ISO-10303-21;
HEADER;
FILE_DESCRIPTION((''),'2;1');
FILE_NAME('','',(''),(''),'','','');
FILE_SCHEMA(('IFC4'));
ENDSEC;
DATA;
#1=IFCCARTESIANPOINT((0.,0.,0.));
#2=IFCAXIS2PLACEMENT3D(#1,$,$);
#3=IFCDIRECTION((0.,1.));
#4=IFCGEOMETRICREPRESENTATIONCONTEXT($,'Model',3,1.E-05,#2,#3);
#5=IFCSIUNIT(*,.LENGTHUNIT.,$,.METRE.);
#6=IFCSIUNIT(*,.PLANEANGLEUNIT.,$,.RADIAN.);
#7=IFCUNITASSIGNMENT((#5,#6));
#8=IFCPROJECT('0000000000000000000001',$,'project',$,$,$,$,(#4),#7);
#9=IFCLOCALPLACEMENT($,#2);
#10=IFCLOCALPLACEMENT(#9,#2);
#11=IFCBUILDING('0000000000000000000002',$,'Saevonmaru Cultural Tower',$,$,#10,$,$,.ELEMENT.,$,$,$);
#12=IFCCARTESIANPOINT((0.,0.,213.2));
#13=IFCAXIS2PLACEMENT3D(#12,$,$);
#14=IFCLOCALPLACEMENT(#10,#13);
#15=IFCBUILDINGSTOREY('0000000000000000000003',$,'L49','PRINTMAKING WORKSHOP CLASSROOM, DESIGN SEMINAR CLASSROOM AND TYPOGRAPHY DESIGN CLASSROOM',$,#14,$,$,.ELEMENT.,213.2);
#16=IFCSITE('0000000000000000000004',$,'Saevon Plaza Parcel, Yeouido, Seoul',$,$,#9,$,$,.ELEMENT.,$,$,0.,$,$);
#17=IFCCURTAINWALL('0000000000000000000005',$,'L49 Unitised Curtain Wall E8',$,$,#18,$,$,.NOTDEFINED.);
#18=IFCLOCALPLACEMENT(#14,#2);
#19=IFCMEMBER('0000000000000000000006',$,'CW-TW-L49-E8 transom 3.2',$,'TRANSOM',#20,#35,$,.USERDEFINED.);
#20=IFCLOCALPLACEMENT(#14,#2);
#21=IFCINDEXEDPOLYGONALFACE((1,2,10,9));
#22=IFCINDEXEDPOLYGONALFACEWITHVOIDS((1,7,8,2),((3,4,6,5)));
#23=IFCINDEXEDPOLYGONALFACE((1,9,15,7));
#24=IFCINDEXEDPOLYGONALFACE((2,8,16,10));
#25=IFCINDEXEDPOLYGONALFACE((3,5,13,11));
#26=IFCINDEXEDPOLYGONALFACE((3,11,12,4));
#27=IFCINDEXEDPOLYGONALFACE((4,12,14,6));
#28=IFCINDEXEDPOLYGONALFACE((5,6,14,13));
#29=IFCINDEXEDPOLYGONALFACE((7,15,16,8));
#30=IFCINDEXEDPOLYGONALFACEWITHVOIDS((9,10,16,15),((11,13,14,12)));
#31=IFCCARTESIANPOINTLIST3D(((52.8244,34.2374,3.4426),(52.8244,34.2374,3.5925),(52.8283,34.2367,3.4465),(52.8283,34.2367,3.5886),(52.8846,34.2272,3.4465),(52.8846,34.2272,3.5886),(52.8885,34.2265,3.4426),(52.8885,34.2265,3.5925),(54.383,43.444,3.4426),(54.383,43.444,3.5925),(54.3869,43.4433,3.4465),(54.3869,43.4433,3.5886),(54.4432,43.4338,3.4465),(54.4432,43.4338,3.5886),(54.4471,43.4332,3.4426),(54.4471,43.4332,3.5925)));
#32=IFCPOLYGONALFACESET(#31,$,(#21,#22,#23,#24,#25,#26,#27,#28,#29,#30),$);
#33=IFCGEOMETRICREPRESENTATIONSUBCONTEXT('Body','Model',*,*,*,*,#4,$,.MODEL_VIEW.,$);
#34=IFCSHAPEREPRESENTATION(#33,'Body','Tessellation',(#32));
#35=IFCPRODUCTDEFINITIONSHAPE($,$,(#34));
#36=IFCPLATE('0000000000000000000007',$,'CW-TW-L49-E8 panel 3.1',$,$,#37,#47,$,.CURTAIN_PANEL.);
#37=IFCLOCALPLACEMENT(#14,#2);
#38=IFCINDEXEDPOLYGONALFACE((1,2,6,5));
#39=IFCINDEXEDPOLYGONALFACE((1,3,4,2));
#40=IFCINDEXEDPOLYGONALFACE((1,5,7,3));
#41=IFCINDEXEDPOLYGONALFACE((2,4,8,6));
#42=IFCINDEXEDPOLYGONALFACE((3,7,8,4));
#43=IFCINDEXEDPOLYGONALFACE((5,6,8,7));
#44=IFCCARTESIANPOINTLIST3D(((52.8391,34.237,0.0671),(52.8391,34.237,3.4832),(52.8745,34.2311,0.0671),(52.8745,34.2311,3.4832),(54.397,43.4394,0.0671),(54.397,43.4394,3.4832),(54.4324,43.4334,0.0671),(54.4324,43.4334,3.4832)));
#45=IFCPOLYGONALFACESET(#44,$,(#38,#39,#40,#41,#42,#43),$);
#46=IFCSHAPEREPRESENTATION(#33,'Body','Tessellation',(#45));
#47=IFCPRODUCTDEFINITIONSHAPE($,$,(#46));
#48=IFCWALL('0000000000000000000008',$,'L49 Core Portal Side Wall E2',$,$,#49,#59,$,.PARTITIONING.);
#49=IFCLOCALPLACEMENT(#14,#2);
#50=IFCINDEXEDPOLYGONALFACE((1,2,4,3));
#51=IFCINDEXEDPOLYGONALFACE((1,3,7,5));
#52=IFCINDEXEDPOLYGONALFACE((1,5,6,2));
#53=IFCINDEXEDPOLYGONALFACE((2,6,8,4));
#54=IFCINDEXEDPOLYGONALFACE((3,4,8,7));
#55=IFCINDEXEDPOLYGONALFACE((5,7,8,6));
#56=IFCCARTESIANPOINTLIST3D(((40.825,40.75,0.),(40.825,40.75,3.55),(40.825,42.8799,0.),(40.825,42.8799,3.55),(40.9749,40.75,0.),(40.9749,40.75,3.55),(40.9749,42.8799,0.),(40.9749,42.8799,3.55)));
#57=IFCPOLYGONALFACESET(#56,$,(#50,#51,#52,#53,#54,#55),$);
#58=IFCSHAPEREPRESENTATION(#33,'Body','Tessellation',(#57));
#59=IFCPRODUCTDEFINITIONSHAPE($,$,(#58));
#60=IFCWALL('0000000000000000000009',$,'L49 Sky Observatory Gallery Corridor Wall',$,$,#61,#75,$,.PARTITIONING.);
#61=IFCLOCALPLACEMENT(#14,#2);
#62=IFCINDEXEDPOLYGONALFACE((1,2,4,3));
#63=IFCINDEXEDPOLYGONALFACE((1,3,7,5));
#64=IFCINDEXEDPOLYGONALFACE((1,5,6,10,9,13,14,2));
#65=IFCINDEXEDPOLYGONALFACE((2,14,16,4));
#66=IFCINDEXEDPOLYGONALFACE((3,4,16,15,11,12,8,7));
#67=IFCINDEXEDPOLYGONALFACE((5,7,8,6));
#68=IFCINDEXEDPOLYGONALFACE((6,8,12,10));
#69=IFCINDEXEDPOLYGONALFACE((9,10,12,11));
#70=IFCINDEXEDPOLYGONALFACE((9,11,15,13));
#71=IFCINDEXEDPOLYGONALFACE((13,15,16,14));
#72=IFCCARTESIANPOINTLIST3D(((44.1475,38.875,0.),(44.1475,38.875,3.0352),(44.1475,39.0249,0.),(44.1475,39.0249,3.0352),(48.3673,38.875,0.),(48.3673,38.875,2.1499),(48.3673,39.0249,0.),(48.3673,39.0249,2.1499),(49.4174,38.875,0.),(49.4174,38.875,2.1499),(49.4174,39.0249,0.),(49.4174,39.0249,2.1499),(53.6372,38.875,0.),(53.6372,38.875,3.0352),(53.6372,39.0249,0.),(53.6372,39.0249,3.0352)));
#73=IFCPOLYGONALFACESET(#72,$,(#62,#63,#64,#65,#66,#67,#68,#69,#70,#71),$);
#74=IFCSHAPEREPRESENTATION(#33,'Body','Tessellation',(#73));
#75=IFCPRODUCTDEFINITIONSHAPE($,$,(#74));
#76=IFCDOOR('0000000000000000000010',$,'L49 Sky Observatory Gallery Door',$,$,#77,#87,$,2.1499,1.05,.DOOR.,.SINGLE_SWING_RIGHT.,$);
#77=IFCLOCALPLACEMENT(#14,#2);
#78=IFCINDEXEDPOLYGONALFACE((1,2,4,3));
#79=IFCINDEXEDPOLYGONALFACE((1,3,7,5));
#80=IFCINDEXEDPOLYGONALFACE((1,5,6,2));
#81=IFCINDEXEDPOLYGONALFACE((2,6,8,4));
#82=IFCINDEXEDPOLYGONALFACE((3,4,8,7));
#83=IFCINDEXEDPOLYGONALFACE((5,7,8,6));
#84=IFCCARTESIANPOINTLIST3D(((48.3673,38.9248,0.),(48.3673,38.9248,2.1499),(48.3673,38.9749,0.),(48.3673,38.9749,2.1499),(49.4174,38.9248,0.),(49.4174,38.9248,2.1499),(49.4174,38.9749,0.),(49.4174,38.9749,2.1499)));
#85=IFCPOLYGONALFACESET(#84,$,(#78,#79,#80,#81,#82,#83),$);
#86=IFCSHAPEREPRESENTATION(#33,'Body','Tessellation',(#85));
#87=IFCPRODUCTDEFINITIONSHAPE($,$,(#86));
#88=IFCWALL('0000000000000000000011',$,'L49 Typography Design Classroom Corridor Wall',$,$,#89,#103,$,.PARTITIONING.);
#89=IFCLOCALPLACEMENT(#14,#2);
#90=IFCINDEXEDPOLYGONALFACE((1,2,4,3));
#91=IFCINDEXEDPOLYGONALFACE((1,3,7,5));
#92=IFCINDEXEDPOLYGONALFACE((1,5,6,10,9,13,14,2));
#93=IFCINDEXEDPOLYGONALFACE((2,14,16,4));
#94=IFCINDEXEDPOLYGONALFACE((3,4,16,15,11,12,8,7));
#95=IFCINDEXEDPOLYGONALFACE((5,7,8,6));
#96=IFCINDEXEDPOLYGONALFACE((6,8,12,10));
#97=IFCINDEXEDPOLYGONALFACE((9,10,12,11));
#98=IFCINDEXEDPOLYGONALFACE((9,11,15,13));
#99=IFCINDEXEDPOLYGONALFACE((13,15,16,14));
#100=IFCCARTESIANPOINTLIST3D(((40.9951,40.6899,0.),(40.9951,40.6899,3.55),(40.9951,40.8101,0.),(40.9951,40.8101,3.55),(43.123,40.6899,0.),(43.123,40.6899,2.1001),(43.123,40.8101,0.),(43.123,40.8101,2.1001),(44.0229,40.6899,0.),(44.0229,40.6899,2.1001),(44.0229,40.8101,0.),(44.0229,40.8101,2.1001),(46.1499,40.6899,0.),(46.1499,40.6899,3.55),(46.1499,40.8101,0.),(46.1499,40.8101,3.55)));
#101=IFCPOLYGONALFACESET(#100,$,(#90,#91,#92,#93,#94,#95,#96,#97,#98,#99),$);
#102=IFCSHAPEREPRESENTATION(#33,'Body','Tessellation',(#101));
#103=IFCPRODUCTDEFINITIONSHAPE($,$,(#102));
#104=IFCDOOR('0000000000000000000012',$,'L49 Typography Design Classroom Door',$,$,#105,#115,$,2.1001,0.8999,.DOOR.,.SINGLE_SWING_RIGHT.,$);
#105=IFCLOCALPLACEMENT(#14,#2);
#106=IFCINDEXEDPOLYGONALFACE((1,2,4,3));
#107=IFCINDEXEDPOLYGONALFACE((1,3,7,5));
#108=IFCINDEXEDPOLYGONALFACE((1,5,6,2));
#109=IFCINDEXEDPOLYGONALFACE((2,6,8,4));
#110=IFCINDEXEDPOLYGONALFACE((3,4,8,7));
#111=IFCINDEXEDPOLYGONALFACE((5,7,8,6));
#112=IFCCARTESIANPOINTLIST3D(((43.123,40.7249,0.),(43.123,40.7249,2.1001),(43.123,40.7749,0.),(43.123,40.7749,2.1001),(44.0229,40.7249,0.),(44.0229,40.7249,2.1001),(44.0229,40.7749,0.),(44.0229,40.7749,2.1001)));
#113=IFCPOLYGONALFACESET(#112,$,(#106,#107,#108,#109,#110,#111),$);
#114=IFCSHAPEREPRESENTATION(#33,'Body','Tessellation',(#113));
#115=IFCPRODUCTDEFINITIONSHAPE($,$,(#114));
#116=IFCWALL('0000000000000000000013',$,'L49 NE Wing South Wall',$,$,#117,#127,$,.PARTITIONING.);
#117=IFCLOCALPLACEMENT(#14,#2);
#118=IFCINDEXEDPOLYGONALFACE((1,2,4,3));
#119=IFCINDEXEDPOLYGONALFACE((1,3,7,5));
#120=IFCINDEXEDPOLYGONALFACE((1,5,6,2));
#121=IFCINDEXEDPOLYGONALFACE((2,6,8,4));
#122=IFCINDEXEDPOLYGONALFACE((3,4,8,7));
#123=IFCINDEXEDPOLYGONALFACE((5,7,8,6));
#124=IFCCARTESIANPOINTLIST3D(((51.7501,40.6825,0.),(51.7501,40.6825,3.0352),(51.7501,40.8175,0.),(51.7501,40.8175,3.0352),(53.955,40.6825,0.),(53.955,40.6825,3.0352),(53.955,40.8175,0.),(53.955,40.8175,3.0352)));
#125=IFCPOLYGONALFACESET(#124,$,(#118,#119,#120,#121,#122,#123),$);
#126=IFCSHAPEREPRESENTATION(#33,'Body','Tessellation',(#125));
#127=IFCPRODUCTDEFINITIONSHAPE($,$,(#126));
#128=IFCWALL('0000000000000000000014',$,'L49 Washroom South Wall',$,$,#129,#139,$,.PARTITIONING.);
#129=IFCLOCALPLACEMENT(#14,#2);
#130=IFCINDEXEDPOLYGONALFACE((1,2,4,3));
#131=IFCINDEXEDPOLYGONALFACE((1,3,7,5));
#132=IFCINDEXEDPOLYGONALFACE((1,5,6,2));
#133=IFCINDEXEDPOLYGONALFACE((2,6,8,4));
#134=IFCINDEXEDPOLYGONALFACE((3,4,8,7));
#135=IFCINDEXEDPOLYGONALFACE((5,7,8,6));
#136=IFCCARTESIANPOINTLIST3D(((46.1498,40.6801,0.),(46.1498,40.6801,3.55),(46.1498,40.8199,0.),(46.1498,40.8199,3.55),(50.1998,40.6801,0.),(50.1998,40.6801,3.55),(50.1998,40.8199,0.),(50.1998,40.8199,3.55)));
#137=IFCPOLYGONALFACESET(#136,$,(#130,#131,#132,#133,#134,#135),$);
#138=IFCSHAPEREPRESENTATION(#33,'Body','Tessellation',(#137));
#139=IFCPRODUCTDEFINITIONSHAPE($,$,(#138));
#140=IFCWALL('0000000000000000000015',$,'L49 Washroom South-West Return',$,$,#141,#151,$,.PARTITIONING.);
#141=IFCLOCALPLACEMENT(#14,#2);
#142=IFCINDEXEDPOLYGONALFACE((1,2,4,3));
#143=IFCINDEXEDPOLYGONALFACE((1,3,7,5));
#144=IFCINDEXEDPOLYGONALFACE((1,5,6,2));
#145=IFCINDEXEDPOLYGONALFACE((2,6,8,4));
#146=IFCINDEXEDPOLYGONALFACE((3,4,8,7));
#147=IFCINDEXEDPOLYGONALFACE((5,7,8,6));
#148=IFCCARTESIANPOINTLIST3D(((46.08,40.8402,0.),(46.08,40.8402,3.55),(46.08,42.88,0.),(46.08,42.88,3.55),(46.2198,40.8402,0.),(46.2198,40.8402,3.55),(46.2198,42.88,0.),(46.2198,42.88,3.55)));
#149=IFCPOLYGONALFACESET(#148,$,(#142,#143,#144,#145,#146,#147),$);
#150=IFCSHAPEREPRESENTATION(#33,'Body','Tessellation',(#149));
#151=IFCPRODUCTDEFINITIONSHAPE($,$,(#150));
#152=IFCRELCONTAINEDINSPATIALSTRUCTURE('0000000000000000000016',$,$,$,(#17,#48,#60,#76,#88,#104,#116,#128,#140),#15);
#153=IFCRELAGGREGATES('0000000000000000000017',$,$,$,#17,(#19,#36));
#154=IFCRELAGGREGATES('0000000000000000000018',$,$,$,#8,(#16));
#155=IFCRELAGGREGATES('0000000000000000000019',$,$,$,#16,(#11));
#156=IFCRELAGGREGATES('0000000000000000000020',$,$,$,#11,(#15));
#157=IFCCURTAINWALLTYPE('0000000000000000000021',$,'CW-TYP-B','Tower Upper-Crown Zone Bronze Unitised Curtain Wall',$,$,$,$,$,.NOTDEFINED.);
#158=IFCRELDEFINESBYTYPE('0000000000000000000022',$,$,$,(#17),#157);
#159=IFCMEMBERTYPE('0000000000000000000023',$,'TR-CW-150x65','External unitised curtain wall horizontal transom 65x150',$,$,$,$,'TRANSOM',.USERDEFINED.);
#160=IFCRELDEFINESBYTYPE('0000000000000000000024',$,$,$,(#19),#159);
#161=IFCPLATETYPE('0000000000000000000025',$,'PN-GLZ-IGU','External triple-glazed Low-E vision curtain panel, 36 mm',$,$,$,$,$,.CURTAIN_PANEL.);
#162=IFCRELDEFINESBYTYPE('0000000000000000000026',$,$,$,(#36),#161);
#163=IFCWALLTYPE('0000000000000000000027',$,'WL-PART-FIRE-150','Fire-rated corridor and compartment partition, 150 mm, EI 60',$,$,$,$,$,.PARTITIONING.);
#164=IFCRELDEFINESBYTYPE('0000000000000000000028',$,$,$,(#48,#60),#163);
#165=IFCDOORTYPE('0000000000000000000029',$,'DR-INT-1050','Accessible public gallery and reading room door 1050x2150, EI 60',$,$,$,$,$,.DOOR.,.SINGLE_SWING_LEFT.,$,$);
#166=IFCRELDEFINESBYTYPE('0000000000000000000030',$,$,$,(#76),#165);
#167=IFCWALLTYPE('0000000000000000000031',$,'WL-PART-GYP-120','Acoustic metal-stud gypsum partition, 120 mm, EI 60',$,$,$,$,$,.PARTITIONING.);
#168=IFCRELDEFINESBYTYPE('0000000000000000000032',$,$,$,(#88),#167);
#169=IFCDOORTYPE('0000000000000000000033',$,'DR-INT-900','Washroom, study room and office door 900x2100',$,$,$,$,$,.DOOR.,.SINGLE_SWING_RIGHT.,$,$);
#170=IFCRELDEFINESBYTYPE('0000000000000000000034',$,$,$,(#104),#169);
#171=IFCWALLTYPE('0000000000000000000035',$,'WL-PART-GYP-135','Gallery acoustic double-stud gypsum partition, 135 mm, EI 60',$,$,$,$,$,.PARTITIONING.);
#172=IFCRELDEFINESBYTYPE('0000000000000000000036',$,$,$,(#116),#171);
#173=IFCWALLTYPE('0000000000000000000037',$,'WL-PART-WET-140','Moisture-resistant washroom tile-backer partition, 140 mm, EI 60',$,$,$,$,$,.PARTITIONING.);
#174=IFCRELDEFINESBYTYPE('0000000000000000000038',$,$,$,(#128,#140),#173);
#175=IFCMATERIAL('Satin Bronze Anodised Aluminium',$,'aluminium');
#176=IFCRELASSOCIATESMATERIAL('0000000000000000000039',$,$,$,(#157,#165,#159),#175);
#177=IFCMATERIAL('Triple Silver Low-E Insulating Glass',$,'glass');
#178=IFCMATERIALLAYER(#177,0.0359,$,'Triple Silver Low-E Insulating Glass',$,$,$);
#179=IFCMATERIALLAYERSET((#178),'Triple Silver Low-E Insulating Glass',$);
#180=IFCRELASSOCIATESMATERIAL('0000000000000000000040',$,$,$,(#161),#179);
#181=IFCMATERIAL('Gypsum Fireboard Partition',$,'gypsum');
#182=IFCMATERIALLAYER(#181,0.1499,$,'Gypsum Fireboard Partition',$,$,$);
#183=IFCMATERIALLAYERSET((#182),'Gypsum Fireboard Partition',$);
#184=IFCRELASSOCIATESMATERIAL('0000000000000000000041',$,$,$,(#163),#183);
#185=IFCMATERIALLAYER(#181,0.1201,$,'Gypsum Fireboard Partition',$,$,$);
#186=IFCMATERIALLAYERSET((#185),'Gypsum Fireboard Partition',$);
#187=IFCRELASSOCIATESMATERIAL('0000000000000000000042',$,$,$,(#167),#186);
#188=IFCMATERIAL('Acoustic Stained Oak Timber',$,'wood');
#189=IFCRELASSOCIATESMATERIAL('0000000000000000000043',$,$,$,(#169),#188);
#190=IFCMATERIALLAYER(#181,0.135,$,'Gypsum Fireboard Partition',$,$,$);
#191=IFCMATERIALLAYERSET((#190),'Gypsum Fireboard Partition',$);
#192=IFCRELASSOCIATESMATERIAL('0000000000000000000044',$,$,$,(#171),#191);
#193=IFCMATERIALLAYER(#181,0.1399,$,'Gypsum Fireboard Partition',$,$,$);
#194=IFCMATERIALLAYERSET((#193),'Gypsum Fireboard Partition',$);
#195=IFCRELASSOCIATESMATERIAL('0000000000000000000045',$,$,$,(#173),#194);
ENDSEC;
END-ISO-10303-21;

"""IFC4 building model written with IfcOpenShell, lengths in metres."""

from ifc_helpers import new_model, si_unit, direction, frame, frame_2d, origin, origin_2d, place, context, subcontext, project, spatial, rectangle, hollow_rectangle, extrude, material, layer, layer_set, material_profile, profile_set, type_object, element, fill, aggregate, save


model = new_model("IFC4")

# Units and contexts
model_context = context("Model", 3, precision=1e-05, world=origin(), true_north=direction((0.0, 1.0)))
body_context = subcontext(model_context, "Body", "Model", "MODEL_VIEW")
ifc_project = project(units=[si_unit("LENGTHUNIT", "METRE"), si_unit("PLANEANGLEUNIT", "RADIAN")], contexts=[model_context])

# Site, building, storey
site_placement = place(None, origin())
site = spatial("IfcSite", under=ifc_project, at=site_placement, Name="Saevon Plaza Parcel, Yeouido, Seoul", CompositionType="ELEMENT", RefElevation=0.0)
building_placement = place(site_placement, origin())
building = spatial("IfcBuilding", under=site, at=building_placement, Name="Saevonmaru Cultural Tower", CompositionType="ELEMENT")
storey_placement = place(building_placement, frame((0.0, 0.0, 213.2)))
storey = spatial("IfcBuildingStorey", under=building, at=storey_placement, Name="L49", Description="PRINTMAKING WORKSHOP CLASSROOM, DESIGN SEMINAR CLASSROOM AND TYPOGRAPHY DESIGN CLASSROOM", CompositionType="ELEMENT", Elevation=213.2)

# Curtain wall, member, plate
ifc_material_1 = material(Name="Satin Bronze Anodised Aluminium", Category="aluminium")
curtain_wall_type = type_object("IfcCurtainWallType", Name="CW-TYP-B", Description="Tower Upper-Crown Zone Bronze Unitised Curtain Wall", PredefinedType="NOTDEFINED", material=ifc_material_1)
curtain_wall_placement = place(storey_placement, origin())
curtain_wall = element("IfcCurtainWall", 1, at=curtain_wall_placement, inside=storey, type_object=curtain_wall_type, Name="L49 Unitised Curtain Wall E8", PredefinedType="NOTDEFINED")
ifc_material_profile_1 = material_profile(ifc_material_1, hollow_rectangle(XDim=0.0649, YDim=0.1499, WallThickness=0.0039, at=origin_2d()), Name="ALU-TRAN-150x65x4")
ifc_profile_set_1 = profile_set([ifc_material_profile_1], Name="Satin Bronze Anodised Aluminium")
member_type_1 = type_object("IfcMemberType", Name="TR-CW-150x65", Description="External unitised curtain wall horizontal transom 65x150", ElementType="TRANSOM", PredefinedType="USERDEFINED", material=ifc_profile_set_1)
member_1_placement = place(storey_placement, frame((52.8564, 34.2319, 3.5176), z_axis=(0.166917, 0.985971, 0.0), x_axis=(-0.985971, 0.166917, 0.0)))
member_1 = element("IfcMember", 2, at=member_1_placement, type_object=member_type_1, Name="CW-TW-L49-E8 transom 3.2", ObjectType="TRANSOM", PredefinedType="USERDEFINED", context=body_context, shape_type="SweptSolid", body=[
    extrude(hollow_rectangle(XDim=0.0649, YDim=0.1499, WallThickness=0.0039, at=origin_2d()), origin(), (0.0, 0.0, 1.0), 9.3376),
])
ifc_material_2 = material(Name="Triple Silver Low-E Insulating Glass", Category="glass")
ifc_layer_1 = layer(ifc_material_2, 0.0359, Name="Triple Silver Low-E Insulating Glass")
ifc_layer_set_1 = layer_set([ifc_layer_1], Name="Triple Silver Low-E Insulating Glass")
plate_type = type_object("IfcPlateType", Name="PN-GLZ-IGU", Description="External triple-glazed Low-E vision curtain panel, 36 mm", PredefinedType="CURTAIN_PANEL", material=ifc_layer_set_1)
plate_placement = place(storey_placement, frame((53.6357, 38.8352, 0.0671), z_axis=(0.0, 0.0, 1.0), x_axis=(0.166922, 0.98597, 0.0)))
plate = element("IfcPlate", 3, at=plate_placement, type_object=plate_type, Name="CW-TW-L49-E8 panel 3.1", PredefinedType="CURTAIN_PANEL", context=body_context, shape_type="SweptSolid", body=[
    extrude(rectangle(XDim=9.3333, YDim=0.0359, at=origin_2d()), origin(), (0.0, 0.0, 1.0), 3.416),
])
aggregate(curtain_wall, [member_1, plate])

# Shared definitions
ifc_material_3 = material(Name="Gypsum Fireboard Partition", Category="gypsum")
ifc_layer_2 = layer(ifc_material_3, 0.1499, Name="Gypsum Fireboard Partition")
ifc_layer_set_2 = layer_set([ifc_layer_2], Name="Gypsum Fireboard Partition")
wall_type_1 = type_object("IfcWallType", Name="WL-PART-FIRE-150", Description="Fire-rated corridor and compartment partition, 150 mm, EI 60", PredefinedType="PARTITIONING", material=ifc_layer_set_2)
door_type_1 = type_object("IfcDoorType", Name="DR-INT-1050", Description="Accessible public gallery and reading room door 1050x2150, EI 60", OperationType="SINGLE_SWING_LEFT", PredefinedType="DOOR", material=ifc_material_1)

# Wall
wall_1_placement = place(storey_placement, frame((40.8999, 40.75, 0.0), z_axis=(0.0, 0.0, 1.0), x_axis=(0.0, 1.0, 0.0)))
element("IfcWall", 4, at=wall_1_placement, inside=storey, type_object=wall_type_1, Name="L49 Core Portal Side Wall E2", PredefinedType="PARTITIONING", context=body_context, shape_type="SweptSolid", body=[
    extrude(rectangle(XDim=2.1299, YDim=0.1499, at=frame_2d((1.0649, 0.0))), origin(), (0.0, 0.0, 1.0), 3.55),
])

# Walls, openings, doors
wall_2_placement = place(storey_placement, frame((44.1475, 38.95, 0.0), z_axis=(0.0, 0.0, 1.0), x_axis=(1.0, 0.0, 0.0)))
wall_2 = element("IfcWall", 5, at=wall_2_placement, inside=storey, type_object=wall_type_1, Name="L49 Sky Observatory Gallery Corridor Wall", PredefinedType="PARTITIONING", context=body_context, shape_type="SweptSolid", body=[
    extrude(rectangle(XDim=9.4897, YDim=0.1499, at=frame_2d((4.7449, 0.0))), origin(), (0.0, 0.0, 1.0), 3.0352),
])
opening_1_placement = place(wall_2_placement, frame((4.22, 0.0, 0.0)))
opening_1 = element("IfcOpeningElement", 6, at=opening_1_placement, cuts=wall_2, PredefinedType="OPENING", context=body_context, shape_type="SweptSolid", body=[
    extrude(rectangle(XDim=1.05, YDim=2.1499, at=frame_2d((0.5249, 1.075))), frame((0.0, 0.085, 0.0), z_axis=(0.0, -1.0, 0.0), x_axis=(1.0, 0.0, 0.0)), (0.0, 0.0, 1.0), 0.1699),
])
door_1_placement = place(opening_1_placement, origin())
door_1 = element("IfcDoor", 7, at=door_1_placement, inside=storey, type_object=door_type_1, Name="L49 Sky Observatory Gallery Door", OperationType="SINGLE_SWING_RIGHT", OverallHeight=2.1499, OverallWidth=1.05, PredefinedType="DOOR", context=body_context, shape_type="SweptSolid", body=[
    extrude(rectangle(XDim=1.05, YDim=2.1499, at=frame_2d((0.5249, 1.075))), frame((0.0, 0.0249, 0.0), z_axis=(0.0, -1.0, 0.0), x_axis=(1.0, 0.0, 0.0)), (0.0, 0.0, 1.0), 0.05),
])
fill(opening_1, door_1)
ifc_layer_3 = layer(ifc_material_3, 0.1201, Name="Gypsum Fireboard Partition")
ifc_layer_set_3 = layer_set([ifc_layer_3], Name="Gypsum Fireboard Partition")
wall_type_2 = type_object("IfcWallType", Name="WL-PART-GYP-120", Description="Acoustic metal-stud gypsum partition, 120 mm, EI 60", PredefinedType="PARTITIONING", material=ifc_layer_set_3)
wall_3_placement = place(storey_placement, frame((40.9951, 40.75, 0.0), z_axis=(0.0, 0.0, 1.0), x_axis=(1.0, 0.0, 0.0)))
wall_3 = element("IfcWall", 8, at=wall_3_placement, inside=storey, type_object=wall_type_2, Name="L49 Typography Design Classroom Corridor Wall", PredefinedType="PARTITIONING", context=body_context, shape_type="SweptSolid", body=[
    extrude(rectangle(XDim=5.1548, YDim=0.1201, at=frame_2d((2.5774, 0.0))), origin(), (0.0, 0.0, 1.0), 3.55),
])
opening_2_placement = place(wall_3_placement, frame((2.1279, 0.0, 0.0)))
opening_2 = element("IfcOpeningElement", 9, at=opening_2_placement, cuts=wall_3, PredefinedType="OPENING", context=body_context, shape_type="SweptSolid", body=[
    extrude(rectangle(XDim=0.8999, YDim=2.1001, at=frame_2d((0.45, 1.05))), frame((0.0, 0.0701, 0.0), z_axis=(0.0, -1.0, 0.0), x_axis=(1.0, 0.0, 0.0)), (0.0, 0.0, 1.0), 0.1401),
])
ifc_material_4 = material(Name="Acoustic Stained Oak Timber", Category="wood")
door_type_2 = type_object("IfcDoorType", Name="DR-INT-900", Description="Washroom, study room and office door 900x2100", OperationType="SINGLE_SWING_RIGHT", PredefinedType="DOOR", material=ifc_material_4)
door_2_placement = place(opening_2_placement, origin())
door_2 = element("IfcDoor", 10, at=door_2_placement, inside=storey, type_object=door_type_2, Name="L49 Typography Design Classroom Door", OperationType="SINGLE_SWING_RIGHT", OverallHeight=2.1001, OverallWidth=0.8999, PredefinedType="DOOR", context=body_context, shape_type="SweptSolid", body=[
    extrude(rectangle(XDim=0.8999, YDim=2.1001, at=frame_2d((0.45, 1.05))), frame((0.0, 0.0249, 0.0), z_axis=(0.0, -1.0, 0.0), x_axis=(1.0, 0.0, 0.0)), (0.0, 0.0, 1.0), 0.05),
])
fill(opening_2, door_2)

# Walls
ifc_layer_4 = layer(ifc_material_3, 0.135, Name="Gypsum Fireboard Partition")
ifc_layer_set_4 = layer_set([ifc_layer_4], Name="Gypsum Fireboard Partition")
wall_type_3 = type_object("IfcWallType", Name="WL-PART-GYP-135", Description="Gallery acoustic double-stud gypsum partition, 135 mm, EI 60", PredefinedType="PARTITIONING", material=ifc_layer_set_4)
wall_4_placement = place(storey_placement, frame((51.75, 40.75, 0.0), z_axis=(0.0, 0.0, 1.0), x_axis=(1.0, 0.0, 0.0)))
element("IfcWall", 11, at=wall_4_placement, inside=storey, type_object=wall_type_3, Name="L49 NE Wing South Wall", PredefinedType="PARTITIONING", context=body_context, shape_type="SweptSolid", body=[
    extrude(rectangle(XDim=2.2048, YDim=0.135, at=frame_2d((1.1025, 0.0))), origin(), (0.0, 0.0, 1.0), 3.0352),
])
ifc_layer_5 = layer(ifc_material_3, 0.1399, Name="Gypsum Fireboard Partition")
ifc_layer_set_5 = layer_set([ifc_layer_5], Name="Gypsum Fireboard Partition")
wall_type_4 = type_object("IfcWallType", Name="WL-PART-WET-140", Description="Moisture-resistant washroom tile-backer partition, 140 mm, EI 60", PredefinedType="PARTITIONING", material=ifc_layer_set_5)
wall_5_placement = place(storey_placement, frame((46.1499, 40.75, 0.0), z_axis=(0.0, 0.0, 1.0), x_axis=(1.0, 0.0, 0.0)))
element("IfcWall", 12, at=wall_5_placement, inside=storey, type_object=wall_type_4, Name="L49 Washroom South Wall", PredefinedType="PARTITIONING", context=body_context, shape_type="SweptSolid", body=[
    extrude(rectangle(XDim=4.05, YDim=0.1399, at=frame_2d((2.0249, 0.0))), origin(), (0.0, 0.0, 1.0), 3.55),
])
wall_6_placement = place(storey_placement, frame((46.1499, 40.8401, 0.0), z_axis=(0.0, 0.0, 1.0), x_axis=(0.0, 1.0, 0.0)))
element("IfcWall", 13, at=wall_6_placement, inside=storey, type_object=wall_type_4, Name="L49 Washroom South-West Return", PredefinedType="PARTITIONING", context=body_context, shape_type="SweptSolid", body=[
    extrude(rectangle(XDim=2.0398, YDim=0.1399, at=frame_2d((1.02, 0.0))), origin(), (0.0, 0.0, 1.0), 3.55),
])

save(model, "model.ifc")
